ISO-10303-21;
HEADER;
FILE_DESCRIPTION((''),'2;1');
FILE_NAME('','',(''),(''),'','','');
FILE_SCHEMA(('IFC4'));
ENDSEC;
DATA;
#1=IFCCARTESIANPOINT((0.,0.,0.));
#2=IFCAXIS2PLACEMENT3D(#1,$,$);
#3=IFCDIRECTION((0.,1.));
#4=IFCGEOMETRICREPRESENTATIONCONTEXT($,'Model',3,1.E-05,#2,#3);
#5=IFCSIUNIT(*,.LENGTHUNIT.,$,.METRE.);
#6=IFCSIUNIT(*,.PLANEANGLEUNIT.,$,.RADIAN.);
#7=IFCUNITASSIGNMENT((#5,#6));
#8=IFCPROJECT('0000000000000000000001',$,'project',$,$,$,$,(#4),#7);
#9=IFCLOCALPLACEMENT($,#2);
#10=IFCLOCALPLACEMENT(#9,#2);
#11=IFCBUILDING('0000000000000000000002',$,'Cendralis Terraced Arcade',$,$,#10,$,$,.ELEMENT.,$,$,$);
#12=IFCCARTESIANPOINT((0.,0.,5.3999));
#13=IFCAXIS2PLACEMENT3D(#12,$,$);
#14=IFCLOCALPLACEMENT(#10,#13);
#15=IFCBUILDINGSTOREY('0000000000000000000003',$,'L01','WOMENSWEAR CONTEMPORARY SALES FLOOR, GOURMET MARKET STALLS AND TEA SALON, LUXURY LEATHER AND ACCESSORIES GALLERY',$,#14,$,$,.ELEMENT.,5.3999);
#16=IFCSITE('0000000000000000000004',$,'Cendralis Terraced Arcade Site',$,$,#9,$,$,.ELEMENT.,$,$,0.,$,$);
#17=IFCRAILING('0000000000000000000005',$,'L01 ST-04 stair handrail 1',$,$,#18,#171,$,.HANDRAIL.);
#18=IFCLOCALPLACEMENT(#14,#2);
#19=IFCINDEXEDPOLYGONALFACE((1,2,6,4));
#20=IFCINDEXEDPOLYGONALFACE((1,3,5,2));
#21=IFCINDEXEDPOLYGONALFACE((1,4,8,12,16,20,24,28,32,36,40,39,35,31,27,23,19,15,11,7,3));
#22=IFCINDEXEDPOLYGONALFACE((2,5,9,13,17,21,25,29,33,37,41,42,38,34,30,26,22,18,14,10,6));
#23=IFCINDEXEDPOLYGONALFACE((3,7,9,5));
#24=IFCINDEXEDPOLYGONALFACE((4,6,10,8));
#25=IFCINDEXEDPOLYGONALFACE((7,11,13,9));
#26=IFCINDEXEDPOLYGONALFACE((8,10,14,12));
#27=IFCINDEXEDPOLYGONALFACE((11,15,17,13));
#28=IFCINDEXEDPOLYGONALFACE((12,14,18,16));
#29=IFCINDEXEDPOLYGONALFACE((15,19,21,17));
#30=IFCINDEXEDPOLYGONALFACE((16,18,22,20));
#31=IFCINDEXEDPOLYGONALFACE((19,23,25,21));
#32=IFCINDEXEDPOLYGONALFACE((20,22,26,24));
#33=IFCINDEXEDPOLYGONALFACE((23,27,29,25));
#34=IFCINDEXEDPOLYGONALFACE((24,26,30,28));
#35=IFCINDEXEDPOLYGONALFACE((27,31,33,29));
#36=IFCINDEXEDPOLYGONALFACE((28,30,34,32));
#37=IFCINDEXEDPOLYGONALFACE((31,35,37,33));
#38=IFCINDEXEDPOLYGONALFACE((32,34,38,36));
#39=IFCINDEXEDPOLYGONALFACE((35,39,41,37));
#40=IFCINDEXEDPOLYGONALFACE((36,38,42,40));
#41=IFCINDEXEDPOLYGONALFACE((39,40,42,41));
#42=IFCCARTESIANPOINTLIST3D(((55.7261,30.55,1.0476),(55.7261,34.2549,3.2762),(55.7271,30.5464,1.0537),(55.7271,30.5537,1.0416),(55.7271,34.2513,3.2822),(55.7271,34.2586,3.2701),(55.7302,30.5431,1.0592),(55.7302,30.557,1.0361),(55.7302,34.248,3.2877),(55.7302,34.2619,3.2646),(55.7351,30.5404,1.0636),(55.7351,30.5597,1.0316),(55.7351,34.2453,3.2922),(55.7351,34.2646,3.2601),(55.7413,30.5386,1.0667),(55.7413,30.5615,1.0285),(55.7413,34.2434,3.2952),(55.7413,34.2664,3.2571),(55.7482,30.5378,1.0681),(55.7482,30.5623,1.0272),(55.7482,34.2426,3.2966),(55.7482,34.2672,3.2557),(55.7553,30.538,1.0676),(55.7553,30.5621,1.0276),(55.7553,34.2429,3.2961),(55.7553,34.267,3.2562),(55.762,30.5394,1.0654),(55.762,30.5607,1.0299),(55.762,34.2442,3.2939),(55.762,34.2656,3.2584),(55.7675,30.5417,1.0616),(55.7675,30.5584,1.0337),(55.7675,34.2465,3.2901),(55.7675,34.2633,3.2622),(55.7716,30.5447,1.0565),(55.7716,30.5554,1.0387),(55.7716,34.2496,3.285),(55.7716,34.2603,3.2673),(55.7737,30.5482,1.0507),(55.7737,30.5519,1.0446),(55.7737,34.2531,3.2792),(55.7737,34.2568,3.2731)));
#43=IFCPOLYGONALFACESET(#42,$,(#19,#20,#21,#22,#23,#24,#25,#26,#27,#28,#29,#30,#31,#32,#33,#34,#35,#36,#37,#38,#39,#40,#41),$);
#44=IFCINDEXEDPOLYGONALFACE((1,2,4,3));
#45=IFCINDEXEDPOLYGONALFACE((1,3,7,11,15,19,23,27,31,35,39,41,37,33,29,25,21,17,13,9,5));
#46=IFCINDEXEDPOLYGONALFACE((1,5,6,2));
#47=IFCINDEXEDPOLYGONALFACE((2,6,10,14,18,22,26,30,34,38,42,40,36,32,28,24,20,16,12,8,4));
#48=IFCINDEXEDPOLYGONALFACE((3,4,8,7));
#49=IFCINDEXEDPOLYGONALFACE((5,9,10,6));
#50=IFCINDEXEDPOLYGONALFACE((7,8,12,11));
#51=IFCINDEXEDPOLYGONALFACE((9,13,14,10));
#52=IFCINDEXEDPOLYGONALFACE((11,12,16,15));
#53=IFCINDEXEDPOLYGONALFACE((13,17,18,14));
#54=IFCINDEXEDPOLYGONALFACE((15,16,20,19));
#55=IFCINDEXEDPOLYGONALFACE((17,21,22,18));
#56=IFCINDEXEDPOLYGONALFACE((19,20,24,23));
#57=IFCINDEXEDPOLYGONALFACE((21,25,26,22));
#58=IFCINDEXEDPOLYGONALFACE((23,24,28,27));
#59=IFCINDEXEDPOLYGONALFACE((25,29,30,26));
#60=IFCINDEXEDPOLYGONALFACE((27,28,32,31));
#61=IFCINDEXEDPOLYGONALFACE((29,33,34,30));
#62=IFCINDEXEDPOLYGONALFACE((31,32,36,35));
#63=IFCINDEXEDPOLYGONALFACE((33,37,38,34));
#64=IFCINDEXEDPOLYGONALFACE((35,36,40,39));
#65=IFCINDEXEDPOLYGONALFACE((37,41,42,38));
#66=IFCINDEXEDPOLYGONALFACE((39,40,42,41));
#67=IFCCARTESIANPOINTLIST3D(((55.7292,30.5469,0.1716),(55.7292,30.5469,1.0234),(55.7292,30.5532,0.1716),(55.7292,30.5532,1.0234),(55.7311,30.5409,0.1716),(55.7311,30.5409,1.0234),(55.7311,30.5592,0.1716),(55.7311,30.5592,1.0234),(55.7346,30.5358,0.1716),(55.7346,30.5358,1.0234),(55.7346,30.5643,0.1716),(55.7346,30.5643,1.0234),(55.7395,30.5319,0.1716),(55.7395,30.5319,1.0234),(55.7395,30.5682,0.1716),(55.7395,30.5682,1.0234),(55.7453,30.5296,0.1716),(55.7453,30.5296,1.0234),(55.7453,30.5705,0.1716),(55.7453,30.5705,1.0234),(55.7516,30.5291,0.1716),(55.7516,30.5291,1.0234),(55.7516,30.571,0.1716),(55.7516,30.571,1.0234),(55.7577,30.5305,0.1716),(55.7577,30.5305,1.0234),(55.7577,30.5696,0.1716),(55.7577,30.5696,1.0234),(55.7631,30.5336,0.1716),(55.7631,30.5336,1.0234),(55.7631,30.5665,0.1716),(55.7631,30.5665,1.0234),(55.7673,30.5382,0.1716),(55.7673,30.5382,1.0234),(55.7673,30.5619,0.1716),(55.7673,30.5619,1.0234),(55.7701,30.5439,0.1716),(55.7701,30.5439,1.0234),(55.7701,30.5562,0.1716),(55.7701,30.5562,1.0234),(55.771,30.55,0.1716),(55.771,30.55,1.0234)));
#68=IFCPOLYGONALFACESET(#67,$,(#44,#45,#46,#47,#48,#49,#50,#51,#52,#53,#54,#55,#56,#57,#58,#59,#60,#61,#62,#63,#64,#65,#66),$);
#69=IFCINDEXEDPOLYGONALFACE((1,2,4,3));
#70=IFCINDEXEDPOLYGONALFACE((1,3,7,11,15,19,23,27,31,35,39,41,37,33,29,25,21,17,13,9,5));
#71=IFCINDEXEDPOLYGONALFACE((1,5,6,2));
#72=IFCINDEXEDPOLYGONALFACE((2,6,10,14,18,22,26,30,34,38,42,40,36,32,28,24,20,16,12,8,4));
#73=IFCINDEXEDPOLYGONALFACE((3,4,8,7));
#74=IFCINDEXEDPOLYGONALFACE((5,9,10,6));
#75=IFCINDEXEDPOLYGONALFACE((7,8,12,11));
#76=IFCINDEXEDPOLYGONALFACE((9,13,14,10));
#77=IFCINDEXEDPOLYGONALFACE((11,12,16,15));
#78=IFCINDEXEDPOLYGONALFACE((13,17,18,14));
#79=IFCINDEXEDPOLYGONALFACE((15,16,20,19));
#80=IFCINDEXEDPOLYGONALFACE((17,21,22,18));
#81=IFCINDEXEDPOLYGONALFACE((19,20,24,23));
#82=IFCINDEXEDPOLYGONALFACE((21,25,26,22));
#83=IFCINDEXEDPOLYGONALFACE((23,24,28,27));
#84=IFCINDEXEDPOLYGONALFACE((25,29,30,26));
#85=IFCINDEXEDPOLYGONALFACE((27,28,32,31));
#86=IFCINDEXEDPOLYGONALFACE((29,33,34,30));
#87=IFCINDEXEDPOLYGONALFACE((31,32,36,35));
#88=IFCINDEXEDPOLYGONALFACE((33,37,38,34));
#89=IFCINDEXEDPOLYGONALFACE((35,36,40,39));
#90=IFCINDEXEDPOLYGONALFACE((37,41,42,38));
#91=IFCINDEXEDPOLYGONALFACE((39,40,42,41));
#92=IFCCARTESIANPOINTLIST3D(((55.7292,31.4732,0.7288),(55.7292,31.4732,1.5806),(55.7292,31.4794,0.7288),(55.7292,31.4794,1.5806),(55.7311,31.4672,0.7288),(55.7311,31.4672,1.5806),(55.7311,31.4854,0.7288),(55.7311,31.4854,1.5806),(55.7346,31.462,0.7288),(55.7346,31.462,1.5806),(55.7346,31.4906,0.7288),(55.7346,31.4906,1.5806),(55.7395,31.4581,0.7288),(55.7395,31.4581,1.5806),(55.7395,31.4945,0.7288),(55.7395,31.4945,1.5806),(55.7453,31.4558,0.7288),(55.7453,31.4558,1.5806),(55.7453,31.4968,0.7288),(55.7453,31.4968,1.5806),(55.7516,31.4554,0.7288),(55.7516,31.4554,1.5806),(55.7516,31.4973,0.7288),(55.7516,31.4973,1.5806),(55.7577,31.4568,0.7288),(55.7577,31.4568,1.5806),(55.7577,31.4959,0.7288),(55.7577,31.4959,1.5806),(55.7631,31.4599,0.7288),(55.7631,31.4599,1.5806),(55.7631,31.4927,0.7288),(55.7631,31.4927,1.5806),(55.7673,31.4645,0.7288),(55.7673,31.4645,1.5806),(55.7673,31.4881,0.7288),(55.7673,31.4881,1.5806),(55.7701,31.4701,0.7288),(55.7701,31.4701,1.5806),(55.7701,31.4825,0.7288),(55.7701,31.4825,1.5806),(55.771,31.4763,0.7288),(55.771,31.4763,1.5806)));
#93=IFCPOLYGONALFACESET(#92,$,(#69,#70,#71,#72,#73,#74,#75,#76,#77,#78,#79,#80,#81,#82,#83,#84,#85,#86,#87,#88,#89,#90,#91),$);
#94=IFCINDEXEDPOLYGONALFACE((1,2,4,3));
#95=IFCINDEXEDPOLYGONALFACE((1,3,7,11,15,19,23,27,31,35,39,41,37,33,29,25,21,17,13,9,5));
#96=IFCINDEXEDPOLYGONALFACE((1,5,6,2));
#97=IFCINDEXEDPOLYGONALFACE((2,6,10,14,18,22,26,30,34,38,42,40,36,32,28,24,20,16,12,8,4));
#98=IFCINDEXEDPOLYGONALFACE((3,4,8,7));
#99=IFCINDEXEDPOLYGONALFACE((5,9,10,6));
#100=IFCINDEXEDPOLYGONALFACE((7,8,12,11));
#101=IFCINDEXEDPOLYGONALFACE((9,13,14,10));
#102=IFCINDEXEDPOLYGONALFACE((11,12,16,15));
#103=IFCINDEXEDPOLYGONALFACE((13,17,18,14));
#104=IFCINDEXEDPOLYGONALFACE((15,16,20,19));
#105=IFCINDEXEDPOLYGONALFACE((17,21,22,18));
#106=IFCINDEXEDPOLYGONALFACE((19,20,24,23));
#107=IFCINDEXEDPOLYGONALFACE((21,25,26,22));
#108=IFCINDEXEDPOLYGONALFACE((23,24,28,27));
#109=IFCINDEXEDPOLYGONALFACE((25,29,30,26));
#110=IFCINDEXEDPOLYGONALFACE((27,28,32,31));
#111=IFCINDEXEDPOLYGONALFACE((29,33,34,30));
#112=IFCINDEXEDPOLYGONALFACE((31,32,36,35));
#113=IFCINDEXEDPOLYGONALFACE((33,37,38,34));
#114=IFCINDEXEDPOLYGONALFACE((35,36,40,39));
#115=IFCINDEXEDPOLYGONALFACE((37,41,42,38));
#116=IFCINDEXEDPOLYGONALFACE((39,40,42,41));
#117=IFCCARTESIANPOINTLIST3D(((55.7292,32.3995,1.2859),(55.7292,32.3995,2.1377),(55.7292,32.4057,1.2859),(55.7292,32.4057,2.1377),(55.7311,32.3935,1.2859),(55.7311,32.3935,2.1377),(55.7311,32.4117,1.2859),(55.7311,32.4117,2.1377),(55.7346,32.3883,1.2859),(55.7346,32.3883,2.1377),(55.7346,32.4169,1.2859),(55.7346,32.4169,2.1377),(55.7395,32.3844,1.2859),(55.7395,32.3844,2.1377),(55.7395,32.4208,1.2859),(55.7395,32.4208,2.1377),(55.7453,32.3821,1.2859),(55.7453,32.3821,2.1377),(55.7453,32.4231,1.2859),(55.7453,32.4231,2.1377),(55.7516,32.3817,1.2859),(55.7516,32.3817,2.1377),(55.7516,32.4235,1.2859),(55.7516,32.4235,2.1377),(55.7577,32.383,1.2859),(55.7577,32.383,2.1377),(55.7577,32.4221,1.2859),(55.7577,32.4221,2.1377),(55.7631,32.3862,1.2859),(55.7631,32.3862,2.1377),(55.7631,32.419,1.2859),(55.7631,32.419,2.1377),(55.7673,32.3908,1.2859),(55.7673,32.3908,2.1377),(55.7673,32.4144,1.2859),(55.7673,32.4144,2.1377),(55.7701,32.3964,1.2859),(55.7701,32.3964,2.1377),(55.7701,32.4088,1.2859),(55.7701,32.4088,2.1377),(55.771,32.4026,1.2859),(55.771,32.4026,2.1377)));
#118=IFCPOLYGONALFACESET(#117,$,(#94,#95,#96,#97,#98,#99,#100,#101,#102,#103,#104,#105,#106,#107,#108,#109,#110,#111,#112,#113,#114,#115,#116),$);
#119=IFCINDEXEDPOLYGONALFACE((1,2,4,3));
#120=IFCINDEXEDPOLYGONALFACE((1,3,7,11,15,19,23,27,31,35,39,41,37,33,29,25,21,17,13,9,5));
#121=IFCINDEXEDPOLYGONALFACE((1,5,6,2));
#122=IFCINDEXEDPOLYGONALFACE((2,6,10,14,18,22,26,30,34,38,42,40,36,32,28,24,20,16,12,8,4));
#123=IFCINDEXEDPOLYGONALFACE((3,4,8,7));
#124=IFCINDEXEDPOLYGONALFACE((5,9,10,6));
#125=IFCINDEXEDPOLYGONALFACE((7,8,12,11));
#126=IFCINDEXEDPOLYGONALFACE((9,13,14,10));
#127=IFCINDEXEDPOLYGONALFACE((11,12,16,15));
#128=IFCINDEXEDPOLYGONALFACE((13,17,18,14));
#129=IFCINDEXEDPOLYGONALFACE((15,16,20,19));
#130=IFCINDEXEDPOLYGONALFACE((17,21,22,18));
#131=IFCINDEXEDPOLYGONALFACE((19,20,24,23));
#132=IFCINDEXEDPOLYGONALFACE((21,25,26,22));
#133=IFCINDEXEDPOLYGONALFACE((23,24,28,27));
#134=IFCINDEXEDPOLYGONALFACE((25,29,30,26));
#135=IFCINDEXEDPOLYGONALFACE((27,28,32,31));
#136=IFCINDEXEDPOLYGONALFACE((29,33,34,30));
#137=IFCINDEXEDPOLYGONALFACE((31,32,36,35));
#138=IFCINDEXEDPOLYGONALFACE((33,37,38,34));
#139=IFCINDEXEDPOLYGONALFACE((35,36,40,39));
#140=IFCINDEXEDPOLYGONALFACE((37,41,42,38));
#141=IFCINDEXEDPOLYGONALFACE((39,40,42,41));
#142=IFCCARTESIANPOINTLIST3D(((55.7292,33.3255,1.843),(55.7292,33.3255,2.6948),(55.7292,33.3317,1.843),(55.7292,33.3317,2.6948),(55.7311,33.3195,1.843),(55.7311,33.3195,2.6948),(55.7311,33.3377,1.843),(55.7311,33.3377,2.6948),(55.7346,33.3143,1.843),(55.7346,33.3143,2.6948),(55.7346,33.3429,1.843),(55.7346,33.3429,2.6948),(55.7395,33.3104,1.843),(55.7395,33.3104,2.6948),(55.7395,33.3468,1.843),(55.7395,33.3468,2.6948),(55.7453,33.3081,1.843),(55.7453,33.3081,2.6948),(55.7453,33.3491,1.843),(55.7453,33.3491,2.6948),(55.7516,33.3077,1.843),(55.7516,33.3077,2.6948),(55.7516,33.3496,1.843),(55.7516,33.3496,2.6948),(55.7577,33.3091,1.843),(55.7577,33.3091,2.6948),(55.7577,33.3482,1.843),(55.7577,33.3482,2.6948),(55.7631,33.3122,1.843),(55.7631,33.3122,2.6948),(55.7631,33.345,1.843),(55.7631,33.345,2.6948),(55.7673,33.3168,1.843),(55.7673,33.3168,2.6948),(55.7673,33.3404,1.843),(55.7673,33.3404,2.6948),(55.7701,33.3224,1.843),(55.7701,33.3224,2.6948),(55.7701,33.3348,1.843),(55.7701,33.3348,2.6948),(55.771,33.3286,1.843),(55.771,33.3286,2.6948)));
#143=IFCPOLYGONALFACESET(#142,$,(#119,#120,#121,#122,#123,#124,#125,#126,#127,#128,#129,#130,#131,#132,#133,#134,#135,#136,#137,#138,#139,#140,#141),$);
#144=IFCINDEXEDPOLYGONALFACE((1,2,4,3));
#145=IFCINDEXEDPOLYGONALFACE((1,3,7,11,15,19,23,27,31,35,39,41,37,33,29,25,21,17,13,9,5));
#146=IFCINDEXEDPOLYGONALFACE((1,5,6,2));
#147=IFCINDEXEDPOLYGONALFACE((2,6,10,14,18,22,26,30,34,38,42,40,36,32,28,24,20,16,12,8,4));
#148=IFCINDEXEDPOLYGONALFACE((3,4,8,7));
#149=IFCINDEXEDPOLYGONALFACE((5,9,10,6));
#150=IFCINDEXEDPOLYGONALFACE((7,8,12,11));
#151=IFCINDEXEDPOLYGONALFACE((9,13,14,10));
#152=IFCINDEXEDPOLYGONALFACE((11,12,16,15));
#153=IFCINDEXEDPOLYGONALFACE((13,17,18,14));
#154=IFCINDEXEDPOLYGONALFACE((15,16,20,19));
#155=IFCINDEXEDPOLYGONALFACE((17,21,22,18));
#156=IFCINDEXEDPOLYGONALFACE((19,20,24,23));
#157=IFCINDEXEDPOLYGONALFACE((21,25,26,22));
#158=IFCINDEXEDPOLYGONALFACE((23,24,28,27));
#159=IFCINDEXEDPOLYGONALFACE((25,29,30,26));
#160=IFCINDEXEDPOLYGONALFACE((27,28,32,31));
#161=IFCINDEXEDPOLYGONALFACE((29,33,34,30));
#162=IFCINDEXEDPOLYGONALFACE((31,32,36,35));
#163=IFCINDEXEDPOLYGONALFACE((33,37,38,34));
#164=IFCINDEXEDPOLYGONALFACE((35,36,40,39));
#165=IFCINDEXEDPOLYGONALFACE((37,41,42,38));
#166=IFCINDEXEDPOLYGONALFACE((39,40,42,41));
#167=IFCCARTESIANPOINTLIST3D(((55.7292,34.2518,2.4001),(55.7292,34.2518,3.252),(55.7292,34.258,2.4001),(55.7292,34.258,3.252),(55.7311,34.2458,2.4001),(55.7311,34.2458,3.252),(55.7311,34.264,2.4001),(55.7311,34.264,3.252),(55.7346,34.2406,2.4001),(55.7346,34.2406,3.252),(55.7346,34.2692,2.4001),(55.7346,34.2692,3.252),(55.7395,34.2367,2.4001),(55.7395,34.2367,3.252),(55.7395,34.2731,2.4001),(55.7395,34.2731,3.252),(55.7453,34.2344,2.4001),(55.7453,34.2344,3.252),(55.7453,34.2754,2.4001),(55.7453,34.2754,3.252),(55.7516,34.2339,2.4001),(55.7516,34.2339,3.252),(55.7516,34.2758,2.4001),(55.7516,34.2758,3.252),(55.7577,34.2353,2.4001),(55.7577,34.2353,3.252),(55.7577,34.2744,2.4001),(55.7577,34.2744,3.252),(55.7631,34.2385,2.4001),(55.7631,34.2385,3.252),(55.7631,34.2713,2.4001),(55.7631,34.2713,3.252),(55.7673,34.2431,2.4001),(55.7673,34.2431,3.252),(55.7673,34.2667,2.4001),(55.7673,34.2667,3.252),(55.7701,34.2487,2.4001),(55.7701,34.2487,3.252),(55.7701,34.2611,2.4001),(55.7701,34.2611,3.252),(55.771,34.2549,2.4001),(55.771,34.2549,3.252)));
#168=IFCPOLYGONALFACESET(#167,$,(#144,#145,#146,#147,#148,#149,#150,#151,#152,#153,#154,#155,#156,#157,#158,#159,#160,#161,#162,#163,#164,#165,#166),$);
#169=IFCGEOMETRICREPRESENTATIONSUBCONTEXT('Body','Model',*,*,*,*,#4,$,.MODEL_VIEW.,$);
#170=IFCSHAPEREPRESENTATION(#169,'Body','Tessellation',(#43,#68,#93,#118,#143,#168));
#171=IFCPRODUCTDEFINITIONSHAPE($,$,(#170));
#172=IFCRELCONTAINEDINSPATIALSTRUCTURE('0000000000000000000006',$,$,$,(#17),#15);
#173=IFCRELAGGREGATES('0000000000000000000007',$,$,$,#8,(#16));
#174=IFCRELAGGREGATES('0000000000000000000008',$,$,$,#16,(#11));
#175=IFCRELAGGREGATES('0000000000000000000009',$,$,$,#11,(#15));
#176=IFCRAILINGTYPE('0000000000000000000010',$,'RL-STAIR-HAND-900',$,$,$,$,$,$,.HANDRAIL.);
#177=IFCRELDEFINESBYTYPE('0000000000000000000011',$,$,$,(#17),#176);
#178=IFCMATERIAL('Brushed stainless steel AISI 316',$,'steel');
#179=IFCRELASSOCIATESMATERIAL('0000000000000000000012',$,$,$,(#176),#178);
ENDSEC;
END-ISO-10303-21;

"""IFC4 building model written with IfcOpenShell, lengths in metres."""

from ifc_helpers import new_model, si_unit, direction, frame, origin, origin_2d, place, context, subcontext, project, spatial, circle, extrude, material, type_object, element, save


model = new_model("IFC4")

# Units and contexts
model_context = context("Model", 3, precision=1e-05, world=origin(), true_north=direction((0.0, 1.0)))
body_context = subcontext(model_context, "Body", "Model", "MODEL_VIEW")
ifc_project = project(units=[si_unit("LENGTHUNIT", "METRE"), si_unit("PLANEANGLEUNIT", "RADIAN")], contexts=[model_context])

# Site, building, storey
site_placement = place(None, origin())
site = spatial("IfcSite", under=ifc_project, at=site_placement, Name="Cendralis Terraced Arcade Site", CompositionType="ELEMENT", RefElevation=0.0)
building_placement = place(site_placement, origin())
building = spatial("IfcBuilding", under=site, at=building_placement, Name="Cendralis Terraced Arcade", CompositionType="ELEMENT")
storey_placement = place(building_placement, frame((0.0, 0.0, 5.3999)))
storey = spatial("IfcBuildingStorey", under=building, at=storey_placement, Name="L01", Description="WOMENSWEAR CONTEMPORARY SALES FLOOR, GOURMET MARKET STALLS AND TEA SALON, LUXURY LEATHER AND ACCESSORIES GALLERY", CompositionType="ELEMENT", Elevation=5.3999)

# Railing
ifc_material_1 = material(Name="Brushed stainless steel AISI 316", Category="steel")
railing_type_1 = type_object("IfcRailingType", Name="RL-STAIR-HAND-900", PredefinedType="HANDRAIL", material=ifc_material_1)
railing_1_placement = place(storey_placement, frame((55.75, 30.55, 0.1716)))
element("IfcRailing", 1, at=railing_1_placement, inside=storey, type_object=railing_type_1, Name="L01 ST-04 stair handrail 1", PredefinedType="HANDRAIL", context=body_context, shape_type="SweptSolid", body=[
    extrude(circle(Radius=0.0239, at=origin_2d()), frame((0.0, 0.0, 0.876), z_axis=(0.0, 0.856919, 0.51545), x_axis=(-1.0, 0.0, 0.0)), (0.0, 0.0, 1.0), 4.3235),
    extrude(circle(Radius=0.021, at=origin_2d()), origin(), (0.0, 0.0, 1.0), 0.8518),
    extrude(circle(Radius=0.021, at=origin_2d()), frame((0.0, 0.9263, 0.5571)), (0.0, 0.0, 1.0), 0.8518),
    extrude(circle(Radius=0.021, at=origin_2d()), frame((0.0, 1.8525, 1.1143)), (0.0, 0.0, 1.0), 0.8518),
    extrude(circle(Radius=0.021, at=origin_2d()), frame((0.0, 2.7786, 1.6714)), (0.0, 0.0, 1.0), 0.8518),
    extrude(circle(Radius=0.021, at=origin_2d()), frame((0.0, 3.7048, 2.2285)), (0.0, 0.0, 1.0), 0.8518),
])

save(model, "model.ifc")
